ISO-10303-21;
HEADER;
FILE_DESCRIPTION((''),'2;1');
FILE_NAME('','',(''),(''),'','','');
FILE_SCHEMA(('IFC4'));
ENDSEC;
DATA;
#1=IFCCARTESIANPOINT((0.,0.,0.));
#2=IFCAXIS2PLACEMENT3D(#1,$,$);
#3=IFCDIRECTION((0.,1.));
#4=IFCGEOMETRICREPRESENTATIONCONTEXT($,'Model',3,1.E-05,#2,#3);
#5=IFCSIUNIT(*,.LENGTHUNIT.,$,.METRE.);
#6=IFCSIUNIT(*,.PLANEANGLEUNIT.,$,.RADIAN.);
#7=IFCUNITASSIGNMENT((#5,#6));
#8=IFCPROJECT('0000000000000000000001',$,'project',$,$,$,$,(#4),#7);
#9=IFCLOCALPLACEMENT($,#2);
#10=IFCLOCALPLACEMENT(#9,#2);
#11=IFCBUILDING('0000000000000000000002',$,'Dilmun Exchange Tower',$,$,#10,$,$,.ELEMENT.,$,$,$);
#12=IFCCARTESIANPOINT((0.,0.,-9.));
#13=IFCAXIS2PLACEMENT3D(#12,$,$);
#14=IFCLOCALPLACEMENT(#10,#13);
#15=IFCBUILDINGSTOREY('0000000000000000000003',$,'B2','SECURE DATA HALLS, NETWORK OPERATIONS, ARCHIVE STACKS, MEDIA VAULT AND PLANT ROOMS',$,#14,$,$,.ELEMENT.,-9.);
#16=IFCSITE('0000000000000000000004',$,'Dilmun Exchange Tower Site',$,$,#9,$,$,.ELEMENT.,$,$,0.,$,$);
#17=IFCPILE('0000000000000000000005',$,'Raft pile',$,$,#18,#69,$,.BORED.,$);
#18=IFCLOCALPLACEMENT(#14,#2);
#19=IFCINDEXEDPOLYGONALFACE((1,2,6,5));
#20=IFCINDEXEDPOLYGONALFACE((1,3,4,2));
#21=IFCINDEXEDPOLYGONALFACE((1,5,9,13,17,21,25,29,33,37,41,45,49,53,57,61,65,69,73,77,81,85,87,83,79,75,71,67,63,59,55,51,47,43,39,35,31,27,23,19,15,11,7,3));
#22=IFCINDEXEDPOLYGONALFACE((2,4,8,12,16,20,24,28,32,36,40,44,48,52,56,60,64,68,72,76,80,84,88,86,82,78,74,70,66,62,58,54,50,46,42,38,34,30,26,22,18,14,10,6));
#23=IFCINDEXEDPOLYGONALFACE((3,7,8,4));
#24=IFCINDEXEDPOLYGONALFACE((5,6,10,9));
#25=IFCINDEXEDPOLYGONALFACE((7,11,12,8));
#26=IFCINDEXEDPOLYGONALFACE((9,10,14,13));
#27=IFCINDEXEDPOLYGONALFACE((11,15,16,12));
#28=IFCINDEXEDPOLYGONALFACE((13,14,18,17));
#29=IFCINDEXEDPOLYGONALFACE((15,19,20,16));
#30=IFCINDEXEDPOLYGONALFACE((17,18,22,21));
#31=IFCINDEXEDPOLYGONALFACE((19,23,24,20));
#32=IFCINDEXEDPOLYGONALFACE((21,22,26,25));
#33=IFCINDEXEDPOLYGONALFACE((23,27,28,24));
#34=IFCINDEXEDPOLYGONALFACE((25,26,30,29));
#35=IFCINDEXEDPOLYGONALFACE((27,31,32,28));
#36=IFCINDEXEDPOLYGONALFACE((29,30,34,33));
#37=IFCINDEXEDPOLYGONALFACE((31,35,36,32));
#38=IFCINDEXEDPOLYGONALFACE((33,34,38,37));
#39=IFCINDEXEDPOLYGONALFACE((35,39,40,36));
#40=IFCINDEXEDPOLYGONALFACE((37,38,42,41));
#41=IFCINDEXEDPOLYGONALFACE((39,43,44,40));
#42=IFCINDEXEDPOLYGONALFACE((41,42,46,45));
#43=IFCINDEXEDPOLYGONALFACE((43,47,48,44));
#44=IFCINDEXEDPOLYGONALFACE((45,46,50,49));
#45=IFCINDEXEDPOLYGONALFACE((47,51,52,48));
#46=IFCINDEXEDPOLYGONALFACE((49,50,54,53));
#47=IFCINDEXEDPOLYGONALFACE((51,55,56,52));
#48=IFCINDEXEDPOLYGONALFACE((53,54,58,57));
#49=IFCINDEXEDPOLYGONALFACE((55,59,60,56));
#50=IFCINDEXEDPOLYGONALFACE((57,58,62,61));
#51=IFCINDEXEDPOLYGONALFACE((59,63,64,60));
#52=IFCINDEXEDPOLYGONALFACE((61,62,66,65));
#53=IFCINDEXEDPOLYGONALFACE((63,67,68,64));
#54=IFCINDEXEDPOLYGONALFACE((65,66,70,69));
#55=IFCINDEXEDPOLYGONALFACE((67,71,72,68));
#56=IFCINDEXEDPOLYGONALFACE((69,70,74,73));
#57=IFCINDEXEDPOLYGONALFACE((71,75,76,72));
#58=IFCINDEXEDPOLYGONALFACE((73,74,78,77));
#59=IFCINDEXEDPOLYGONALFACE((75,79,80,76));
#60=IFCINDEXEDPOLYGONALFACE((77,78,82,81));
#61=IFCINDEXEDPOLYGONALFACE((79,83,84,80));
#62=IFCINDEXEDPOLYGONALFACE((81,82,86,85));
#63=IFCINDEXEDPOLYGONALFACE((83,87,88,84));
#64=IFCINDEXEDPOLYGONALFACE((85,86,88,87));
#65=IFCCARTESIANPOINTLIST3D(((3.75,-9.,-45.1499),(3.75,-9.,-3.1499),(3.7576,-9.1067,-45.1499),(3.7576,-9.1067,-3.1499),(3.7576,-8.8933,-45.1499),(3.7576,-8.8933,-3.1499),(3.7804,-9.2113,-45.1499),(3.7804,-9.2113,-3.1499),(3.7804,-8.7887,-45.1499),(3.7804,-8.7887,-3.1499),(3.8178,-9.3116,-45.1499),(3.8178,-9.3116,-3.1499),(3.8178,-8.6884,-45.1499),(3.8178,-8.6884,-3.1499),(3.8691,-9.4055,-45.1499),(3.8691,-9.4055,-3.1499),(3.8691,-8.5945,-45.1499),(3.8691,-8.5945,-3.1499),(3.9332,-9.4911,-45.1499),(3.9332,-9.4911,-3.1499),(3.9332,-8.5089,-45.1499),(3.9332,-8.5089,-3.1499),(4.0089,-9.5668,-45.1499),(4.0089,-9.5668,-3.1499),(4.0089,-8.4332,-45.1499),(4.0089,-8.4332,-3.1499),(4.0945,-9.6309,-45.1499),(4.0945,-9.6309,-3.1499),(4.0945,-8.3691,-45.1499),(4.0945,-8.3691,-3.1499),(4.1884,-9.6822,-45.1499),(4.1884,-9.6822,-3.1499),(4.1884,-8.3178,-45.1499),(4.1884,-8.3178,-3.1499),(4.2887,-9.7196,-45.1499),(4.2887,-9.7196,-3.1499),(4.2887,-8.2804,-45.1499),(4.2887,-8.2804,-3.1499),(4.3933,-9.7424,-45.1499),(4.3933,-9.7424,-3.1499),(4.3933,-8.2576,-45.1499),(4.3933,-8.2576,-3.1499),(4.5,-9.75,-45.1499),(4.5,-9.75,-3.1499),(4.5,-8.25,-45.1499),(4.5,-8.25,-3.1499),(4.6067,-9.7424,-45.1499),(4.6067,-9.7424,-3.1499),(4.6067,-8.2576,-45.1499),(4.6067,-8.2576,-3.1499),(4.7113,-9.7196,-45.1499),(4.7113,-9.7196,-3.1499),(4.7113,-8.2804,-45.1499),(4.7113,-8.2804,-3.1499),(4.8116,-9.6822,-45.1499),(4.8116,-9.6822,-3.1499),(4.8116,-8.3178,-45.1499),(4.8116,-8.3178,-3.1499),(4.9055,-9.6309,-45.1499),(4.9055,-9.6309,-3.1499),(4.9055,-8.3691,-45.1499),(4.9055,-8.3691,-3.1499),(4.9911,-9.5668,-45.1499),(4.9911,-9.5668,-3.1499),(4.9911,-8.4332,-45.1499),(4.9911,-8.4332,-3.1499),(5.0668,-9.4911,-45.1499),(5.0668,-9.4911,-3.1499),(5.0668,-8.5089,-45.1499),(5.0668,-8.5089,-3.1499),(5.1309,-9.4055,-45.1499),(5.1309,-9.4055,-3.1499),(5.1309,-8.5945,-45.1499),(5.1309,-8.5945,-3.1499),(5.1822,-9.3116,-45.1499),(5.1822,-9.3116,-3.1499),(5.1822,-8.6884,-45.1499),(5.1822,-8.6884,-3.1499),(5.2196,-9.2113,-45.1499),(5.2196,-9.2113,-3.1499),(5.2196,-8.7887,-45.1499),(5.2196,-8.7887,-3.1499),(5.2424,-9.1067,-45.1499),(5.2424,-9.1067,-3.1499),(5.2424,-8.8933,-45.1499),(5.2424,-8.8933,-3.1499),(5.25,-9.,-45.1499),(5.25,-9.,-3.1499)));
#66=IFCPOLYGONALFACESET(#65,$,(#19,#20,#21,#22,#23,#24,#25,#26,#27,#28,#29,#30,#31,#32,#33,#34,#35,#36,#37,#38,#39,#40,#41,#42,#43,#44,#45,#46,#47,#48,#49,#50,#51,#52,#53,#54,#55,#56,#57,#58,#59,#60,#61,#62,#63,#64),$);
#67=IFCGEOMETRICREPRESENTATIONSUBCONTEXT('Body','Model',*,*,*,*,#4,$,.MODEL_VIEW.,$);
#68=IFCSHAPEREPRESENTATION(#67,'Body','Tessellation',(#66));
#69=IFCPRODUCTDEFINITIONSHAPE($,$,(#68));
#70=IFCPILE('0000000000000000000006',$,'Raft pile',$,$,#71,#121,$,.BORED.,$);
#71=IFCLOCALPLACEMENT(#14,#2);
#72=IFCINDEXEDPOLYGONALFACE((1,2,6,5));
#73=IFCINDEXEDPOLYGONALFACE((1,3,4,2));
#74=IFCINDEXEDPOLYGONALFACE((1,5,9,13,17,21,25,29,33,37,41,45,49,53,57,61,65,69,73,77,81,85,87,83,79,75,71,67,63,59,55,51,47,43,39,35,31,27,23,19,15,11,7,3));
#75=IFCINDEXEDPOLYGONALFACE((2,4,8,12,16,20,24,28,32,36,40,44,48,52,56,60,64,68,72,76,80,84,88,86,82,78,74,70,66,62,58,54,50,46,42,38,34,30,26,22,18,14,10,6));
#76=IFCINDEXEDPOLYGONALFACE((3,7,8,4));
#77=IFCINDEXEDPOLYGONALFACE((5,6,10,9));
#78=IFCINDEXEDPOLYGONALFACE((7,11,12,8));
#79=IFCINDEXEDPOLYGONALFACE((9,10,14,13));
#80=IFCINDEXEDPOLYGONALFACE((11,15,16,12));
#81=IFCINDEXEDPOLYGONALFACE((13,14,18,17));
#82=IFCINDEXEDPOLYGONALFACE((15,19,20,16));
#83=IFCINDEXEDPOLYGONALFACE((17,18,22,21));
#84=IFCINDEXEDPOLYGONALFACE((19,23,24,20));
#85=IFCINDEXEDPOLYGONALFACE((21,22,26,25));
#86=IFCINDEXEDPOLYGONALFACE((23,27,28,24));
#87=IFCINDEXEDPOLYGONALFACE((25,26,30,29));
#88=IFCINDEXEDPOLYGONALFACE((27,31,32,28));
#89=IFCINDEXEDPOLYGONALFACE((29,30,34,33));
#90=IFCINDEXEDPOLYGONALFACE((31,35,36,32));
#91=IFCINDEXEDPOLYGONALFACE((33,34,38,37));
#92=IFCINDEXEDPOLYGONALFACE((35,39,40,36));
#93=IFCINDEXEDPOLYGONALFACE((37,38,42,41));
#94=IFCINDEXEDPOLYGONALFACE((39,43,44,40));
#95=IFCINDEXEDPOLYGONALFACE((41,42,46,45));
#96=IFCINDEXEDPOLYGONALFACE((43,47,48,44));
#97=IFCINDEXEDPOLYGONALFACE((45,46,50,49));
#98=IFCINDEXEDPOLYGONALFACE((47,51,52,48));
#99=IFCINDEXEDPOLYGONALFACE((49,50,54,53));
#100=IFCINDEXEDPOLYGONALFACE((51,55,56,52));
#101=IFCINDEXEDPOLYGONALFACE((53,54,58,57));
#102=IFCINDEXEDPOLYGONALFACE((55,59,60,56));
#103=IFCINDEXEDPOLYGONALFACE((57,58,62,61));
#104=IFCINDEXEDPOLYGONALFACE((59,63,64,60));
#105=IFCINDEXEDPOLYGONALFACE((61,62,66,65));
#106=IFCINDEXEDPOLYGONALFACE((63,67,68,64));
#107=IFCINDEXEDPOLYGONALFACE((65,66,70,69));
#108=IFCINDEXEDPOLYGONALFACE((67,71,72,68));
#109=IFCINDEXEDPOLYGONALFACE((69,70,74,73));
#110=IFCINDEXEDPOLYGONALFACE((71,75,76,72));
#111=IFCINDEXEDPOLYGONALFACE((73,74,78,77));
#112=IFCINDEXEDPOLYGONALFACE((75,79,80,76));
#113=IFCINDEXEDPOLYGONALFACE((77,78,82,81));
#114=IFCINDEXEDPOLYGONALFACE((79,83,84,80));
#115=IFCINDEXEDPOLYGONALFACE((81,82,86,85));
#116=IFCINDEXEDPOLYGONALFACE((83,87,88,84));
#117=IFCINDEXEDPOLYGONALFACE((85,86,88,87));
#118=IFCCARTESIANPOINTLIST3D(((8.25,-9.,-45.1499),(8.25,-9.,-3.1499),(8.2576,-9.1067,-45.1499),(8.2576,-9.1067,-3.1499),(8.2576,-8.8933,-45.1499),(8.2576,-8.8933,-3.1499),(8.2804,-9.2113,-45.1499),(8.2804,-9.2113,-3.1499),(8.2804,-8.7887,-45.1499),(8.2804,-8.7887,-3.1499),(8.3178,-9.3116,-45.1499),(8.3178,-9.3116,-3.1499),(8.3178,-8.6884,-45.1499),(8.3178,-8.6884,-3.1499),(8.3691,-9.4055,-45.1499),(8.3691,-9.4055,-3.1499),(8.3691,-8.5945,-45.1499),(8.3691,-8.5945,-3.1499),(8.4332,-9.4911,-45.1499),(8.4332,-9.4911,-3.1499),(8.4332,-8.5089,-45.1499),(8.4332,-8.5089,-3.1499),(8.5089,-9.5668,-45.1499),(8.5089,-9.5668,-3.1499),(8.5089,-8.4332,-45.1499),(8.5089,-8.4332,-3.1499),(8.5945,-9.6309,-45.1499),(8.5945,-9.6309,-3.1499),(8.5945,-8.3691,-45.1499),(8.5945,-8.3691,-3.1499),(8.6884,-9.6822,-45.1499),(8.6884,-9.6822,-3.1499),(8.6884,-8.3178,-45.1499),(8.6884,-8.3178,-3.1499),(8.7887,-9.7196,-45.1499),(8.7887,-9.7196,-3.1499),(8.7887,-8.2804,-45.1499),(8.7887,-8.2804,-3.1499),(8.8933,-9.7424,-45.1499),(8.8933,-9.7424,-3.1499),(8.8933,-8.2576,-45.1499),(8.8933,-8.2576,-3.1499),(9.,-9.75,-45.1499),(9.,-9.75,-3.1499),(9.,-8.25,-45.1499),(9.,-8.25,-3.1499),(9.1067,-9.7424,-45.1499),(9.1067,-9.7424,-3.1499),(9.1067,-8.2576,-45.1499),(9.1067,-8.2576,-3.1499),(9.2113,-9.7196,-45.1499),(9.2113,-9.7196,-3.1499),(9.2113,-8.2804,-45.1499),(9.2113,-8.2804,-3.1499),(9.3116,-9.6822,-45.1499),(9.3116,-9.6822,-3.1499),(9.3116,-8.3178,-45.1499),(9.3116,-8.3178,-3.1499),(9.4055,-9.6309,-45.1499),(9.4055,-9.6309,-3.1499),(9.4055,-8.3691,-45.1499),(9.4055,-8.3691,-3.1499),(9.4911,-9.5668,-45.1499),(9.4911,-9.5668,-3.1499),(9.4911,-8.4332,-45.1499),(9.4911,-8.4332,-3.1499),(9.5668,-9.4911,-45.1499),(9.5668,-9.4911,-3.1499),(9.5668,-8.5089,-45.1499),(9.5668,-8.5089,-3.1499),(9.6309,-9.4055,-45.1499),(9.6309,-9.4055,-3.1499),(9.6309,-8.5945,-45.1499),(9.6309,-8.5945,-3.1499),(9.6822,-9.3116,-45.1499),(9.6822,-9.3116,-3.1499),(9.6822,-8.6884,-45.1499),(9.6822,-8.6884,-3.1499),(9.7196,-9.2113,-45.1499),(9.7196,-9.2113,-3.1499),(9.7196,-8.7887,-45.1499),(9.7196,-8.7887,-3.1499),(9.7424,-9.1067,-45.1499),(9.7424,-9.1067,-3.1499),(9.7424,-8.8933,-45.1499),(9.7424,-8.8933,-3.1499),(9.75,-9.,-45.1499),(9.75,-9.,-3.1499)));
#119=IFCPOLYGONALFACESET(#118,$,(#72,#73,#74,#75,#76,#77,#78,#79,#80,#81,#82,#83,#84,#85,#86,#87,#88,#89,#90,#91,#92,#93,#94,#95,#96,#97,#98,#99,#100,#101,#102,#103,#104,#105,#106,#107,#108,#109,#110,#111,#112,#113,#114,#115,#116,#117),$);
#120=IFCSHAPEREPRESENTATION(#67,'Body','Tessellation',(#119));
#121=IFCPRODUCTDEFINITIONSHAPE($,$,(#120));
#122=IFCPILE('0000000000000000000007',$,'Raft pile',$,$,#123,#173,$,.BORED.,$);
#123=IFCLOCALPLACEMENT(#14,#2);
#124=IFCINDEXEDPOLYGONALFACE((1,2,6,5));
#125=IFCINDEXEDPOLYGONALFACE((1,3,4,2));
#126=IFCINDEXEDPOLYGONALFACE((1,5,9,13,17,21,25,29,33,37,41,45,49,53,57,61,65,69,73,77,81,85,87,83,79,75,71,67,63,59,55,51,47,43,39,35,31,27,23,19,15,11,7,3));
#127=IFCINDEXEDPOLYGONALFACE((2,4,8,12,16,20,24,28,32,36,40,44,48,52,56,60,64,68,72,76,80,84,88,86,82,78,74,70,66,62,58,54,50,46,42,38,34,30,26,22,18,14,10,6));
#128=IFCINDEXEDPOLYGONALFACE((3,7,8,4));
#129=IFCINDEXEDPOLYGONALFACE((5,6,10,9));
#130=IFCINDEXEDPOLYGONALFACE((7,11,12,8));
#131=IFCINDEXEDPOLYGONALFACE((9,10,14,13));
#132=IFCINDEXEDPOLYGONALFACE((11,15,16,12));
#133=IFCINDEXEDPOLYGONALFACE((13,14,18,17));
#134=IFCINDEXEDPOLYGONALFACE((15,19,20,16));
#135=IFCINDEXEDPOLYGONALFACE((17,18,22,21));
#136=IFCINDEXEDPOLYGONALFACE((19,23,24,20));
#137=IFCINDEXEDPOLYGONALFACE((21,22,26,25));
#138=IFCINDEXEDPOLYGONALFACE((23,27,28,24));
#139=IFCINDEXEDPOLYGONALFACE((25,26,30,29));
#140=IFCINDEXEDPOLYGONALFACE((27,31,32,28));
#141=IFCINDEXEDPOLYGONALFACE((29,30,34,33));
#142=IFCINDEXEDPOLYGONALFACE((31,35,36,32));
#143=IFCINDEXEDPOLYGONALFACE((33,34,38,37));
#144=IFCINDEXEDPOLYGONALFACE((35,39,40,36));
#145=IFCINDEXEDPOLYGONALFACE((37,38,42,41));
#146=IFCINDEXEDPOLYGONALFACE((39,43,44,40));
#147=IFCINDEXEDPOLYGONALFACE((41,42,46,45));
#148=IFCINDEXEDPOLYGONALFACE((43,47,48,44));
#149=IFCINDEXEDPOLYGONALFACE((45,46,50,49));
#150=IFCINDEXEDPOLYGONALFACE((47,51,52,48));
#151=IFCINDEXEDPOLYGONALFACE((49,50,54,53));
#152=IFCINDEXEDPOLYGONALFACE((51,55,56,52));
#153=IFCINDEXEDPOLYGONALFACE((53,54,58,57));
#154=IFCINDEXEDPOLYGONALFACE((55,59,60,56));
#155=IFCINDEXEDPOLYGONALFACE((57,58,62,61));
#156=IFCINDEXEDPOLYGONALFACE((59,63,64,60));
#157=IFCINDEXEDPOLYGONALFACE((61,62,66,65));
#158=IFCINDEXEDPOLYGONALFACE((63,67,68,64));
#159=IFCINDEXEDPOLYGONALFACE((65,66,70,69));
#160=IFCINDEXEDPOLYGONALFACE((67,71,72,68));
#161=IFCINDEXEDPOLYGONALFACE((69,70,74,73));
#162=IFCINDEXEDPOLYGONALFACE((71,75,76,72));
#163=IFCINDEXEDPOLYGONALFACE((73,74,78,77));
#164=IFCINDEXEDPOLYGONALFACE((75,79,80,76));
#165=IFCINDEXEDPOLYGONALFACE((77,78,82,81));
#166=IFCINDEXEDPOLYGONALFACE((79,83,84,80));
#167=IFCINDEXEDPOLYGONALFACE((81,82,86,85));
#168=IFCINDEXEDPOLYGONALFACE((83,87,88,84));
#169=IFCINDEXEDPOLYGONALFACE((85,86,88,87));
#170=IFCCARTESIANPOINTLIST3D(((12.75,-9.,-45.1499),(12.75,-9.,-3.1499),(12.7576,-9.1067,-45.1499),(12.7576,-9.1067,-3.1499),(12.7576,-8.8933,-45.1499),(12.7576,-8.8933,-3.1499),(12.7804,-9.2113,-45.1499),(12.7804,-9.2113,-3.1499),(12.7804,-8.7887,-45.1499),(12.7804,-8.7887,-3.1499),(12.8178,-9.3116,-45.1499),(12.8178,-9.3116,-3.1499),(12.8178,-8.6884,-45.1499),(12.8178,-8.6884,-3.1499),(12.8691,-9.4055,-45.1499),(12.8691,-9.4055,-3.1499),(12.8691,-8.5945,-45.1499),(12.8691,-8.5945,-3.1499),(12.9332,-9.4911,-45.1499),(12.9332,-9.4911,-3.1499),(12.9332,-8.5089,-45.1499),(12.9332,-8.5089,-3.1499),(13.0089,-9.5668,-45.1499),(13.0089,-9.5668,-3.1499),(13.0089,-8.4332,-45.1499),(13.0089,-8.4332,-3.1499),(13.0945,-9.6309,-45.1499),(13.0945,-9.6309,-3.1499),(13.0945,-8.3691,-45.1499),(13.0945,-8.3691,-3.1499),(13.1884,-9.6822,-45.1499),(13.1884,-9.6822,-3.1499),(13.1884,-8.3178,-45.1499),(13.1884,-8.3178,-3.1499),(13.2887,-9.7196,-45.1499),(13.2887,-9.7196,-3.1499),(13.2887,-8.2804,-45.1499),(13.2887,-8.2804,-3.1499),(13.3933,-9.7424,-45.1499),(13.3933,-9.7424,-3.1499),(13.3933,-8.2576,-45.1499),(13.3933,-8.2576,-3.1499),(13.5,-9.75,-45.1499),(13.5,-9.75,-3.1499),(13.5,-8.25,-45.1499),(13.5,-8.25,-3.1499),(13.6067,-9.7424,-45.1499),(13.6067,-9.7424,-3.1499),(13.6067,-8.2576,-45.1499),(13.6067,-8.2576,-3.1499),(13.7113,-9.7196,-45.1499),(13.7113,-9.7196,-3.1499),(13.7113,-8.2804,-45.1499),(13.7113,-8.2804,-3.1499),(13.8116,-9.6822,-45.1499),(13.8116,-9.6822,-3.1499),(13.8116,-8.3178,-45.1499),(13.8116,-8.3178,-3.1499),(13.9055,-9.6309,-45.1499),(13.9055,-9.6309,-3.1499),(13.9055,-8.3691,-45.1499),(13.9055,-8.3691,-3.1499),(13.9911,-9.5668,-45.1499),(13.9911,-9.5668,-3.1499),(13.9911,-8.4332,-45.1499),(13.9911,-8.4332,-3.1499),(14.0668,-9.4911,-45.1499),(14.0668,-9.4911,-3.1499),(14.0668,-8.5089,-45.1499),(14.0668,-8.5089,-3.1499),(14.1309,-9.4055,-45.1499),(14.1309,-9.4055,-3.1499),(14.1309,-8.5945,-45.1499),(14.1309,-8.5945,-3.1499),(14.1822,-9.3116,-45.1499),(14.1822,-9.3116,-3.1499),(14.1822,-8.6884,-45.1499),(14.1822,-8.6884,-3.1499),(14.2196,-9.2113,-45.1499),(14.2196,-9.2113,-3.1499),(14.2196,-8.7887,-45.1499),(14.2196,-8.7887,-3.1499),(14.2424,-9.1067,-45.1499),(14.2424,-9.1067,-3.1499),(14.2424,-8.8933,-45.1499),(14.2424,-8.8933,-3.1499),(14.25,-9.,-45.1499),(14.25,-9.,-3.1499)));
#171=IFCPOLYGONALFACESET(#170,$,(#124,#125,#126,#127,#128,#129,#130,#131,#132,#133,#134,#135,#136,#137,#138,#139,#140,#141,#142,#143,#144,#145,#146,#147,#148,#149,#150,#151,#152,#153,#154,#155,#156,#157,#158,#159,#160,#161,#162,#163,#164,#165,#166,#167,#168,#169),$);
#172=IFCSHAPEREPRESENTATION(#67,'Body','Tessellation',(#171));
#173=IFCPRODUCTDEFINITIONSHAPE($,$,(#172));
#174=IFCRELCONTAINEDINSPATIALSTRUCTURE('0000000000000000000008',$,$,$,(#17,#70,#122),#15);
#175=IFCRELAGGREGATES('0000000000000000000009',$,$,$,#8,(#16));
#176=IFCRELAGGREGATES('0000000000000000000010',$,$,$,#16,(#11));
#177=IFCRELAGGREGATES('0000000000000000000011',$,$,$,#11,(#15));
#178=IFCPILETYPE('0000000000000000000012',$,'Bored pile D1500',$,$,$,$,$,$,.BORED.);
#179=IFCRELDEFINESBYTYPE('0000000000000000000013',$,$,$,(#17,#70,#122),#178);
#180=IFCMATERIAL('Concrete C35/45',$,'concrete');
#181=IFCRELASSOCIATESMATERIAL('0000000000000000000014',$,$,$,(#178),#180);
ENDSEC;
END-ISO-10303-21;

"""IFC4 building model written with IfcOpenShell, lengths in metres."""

from ifc_helpers import new_model, si_unit, direction, frame, origin, origin_2d, place, context, subcontext, project, spatial, circle, extrude, material, material_profile, profile_set, type_object, element, save


model = new_model("IFC4")

# Units and contexts
model_context = context("Model", 3, precision=1e-05, world=origin(), true_north=direction((0.0, 1.0)))
body_context = subcontext(model_context, "Body", "Model", "MODEL_VIEW")
ifc_project = project(units=[si_unit("LENGTHUNIT", "METRE"), si_unit("PLANEANGLEUNIT", "RADIAN")], contexts=[model_context])

# Site, building, storey
site_placement = place(None, origin())
site = spatial("IfcSite", under=ifc_project, at=site_placement, Name="Dilmun Exchange Tower Site", CompositionType="ELEMENT", RefElevation=0.0)
building_placement = place(site_placement, origin())
building = spatial("IfcBuilding", under=site, at=building_placement, Name="Dilmun Exchange Tower", CompositionType="ELEMENT")
storey_placement = place(building_placement, frame((0.0, 0.0, -9.0)))
storey = spatial("IfcBuildingStorey", under=building, at=storey_placement, Name="B2", Description="SECURE DATA HALLS, NETWORK OPERATIONS, ARCHIVE STACKS, MEDIA VAULT AND PLANT ROOMS", CompositionType="ELEMENT", Elevation=-9.0)

# Piles
ifc_material_1 = material(Name="Concrete C35/45", Category="concrete")
ifc_material_profile = material_profile(ifc_material_1, circle(Radius=0.75, at=origin_2d()), Name="D1500")
ifc_profile_set = profile_set([ifc_material_profile], Name="Concrete C35/45")
pile_type = type_object("IfcPileType", Name="Bored pile D1500", PredefinedType="BORED", material=ifc_profile_set)
for number, where, z_axis, x_axis, name in (
    (1, (4.5, -9.0, -3.1499), (0.0, 0.0, -1.0), (1.0, 0.0, 0.0), "Raft pile"),
    (2, (9.0, -9.0, -3.1499), (0.0, 0.0, -1.0), (1.0, 0.0, 0.0), "Raft pile"),
    (3, (13.5, -9.0, -3.1499), (0.0, 0.0, -1.0), (1.0, 0.0, 0.0), "Raft pile"),
):
    element("IfcPile", number, at=place(storey_placement, frame(where, z_axis=z_axis, x_axis=x_axis)), inside=storey, type_object=pile_type, Name=name, PredefinedType="BORED", context=body_context, shape_type="SweptSolid", body=[
        extrude(circle(Radius=0.75, at=origin_2d()), origin(), (0.0, 0.0, 1.0), 42.0),
    ])

save(model, "model.ifc")
